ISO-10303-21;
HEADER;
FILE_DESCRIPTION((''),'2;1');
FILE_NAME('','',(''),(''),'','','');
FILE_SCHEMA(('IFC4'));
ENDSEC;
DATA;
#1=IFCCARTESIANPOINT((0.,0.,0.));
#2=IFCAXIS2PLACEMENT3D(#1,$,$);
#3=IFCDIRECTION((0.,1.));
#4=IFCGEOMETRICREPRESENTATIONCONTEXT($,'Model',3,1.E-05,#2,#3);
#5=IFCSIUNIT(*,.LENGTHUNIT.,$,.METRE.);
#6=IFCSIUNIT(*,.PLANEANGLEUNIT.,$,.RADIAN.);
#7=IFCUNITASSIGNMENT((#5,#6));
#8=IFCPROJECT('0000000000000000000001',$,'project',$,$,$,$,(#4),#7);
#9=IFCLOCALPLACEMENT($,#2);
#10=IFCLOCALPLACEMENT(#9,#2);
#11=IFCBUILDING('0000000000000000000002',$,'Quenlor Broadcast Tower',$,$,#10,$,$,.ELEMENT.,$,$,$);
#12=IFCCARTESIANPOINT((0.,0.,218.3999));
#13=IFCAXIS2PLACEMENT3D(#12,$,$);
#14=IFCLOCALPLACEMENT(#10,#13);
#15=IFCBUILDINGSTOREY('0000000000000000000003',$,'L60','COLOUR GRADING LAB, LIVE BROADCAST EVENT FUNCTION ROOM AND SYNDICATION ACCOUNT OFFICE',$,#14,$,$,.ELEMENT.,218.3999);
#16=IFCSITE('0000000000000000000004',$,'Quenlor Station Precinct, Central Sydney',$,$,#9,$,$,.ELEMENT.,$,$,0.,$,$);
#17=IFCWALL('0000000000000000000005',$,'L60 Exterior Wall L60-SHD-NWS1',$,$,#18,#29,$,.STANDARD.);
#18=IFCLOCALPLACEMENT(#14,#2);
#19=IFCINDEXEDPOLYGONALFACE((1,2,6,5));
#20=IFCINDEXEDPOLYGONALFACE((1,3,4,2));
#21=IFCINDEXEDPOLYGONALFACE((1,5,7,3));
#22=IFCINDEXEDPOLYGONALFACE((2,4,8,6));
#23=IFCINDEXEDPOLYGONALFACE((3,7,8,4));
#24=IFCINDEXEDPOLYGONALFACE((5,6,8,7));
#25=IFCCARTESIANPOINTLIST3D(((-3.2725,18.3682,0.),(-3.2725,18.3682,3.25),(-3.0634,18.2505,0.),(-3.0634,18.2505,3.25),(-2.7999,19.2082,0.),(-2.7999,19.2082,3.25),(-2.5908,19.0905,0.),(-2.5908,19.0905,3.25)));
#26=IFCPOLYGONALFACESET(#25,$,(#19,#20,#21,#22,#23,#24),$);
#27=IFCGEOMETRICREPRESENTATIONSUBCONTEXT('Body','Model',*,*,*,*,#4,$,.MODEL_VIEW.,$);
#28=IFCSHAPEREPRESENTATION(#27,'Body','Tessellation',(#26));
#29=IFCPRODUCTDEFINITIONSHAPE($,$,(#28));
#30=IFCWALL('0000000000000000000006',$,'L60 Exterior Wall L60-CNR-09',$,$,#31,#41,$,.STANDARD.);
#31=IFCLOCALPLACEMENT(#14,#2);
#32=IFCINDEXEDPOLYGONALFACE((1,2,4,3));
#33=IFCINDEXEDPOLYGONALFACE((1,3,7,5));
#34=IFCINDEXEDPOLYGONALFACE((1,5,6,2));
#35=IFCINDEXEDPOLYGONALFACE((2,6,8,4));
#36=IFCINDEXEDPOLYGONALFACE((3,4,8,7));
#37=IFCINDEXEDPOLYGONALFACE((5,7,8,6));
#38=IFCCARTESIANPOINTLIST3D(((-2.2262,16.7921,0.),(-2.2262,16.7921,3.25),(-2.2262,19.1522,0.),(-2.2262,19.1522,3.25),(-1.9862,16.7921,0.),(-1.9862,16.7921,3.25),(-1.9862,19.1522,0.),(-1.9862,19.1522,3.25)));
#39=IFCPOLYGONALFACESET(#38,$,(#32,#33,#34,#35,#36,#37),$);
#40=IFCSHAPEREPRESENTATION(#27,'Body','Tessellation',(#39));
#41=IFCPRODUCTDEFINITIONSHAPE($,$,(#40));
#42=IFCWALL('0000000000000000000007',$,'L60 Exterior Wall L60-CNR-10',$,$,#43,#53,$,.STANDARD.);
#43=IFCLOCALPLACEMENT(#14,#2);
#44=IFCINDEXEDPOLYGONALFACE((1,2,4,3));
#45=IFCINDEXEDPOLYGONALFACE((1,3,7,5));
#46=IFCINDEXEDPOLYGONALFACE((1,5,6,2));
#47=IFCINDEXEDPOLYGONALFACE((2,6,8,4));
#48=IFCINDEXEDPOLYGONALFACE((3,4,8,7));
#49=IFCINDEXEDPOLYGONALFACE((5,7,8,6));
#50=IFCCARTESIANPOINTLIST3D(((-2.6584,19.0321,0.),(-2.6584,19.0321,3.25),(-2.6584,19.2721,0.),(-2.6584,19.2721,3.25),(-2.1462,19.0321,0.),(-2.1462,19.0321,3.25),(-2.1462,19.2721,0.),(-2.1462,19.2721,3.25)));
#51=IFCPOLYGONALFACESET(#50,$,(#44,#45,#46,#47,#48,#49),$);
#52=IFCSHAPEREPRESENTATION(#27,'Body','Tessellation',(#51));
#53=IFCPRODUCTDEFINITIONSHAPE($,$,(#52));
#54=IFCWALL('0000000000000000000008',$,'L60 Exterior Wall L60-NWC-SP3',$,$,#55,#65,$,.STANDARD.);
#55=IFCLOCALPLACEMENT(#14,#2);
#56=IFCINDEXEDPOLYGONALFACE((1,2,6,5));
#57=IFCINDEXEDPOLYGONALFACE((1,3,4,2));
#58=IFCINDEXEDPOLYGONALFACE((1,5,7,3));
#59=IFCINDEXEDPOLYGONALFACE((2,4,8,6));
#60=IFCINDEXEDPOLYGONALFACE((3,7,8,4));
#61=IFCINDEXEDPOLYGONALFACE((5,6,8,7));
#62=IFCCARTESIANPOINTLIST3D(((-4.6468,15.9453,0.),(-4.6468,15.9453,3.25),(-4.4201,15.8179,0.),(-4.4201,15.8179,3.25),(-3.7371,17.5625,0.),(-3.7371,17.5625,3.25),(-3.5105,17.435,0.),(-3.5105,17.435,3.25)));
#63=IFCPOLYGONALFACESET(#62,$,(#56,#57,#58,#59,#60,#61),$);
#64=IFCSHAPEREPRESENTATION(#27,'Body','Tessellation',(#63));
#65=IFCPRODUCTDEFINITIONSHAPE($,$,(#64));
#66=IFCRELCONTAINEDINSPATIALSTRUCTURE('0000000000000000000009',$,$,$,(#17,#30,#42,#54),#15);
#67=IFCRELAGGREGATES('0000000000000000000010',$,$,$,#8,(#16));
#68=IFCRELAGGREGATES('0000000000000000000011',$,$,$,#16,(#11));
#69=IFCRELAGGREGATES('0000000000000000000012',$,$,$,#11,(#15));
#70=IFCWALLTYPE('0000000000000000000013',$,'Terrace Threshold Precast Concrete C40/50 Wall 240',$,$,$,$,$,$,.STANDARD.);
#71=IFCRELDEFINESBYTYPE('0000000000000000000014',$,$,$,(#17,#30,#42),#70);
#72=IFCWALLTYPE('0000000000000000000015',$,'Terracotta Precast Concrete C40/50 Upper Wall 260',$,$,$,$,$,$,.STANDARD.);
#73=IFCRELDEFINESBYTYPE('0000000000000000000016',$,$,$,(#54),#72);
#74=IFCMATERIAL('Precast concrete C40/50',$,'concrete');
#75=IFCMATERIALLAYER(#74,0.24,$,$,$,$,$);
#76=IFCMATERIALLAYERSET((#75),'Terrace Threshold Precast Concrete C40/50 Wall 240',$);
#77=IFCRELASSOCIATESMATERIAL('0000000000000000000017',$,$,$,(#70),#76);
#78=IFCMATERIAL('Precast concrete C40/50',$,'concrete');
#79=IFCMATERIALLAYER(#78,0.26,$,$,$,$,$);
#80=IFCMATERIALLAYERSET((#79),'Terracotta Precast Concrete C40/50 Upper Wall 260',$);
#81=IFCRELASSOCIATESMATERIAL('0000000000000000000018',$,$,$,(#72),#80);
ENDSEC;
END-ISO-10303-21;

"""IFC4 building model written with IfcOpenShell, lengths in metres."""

from ifc_helpers import new_model, si_unit, direction, frame, frame_2d, origin, place, context, subcontext, project, spatial, rectangle, extrude, material, layer, layer_set, type_object, element, save


model = new_model("IFC4")

# Units and contexts
model_context = context("Model", 3, precision=1e-05, world=origin(), true_north=direction((0.0, 1.0)))
body_context = subcontext(model_context, "Body", "Model", "MODEL_VIEW")
ifc_project = project(units=[si_unit("LENGTHUNIT", "METRE"), si_unit("PLANEANGLEUNIT", "RADIAN")], contexts=[model_context])

# Site, building, storey
site_placement = place(None, origin())
site = spatial("IfcSite", under=ifc_project, at=site_placement, Name="Quenlor Station Precinct, Central Sydney", CompositionType="ELEMENT", RefElevation=0.0)
building_placement = place(site_placement, origin())
building = spatial("IfcBuilding", under=site, at=building_placement, Name="Quenlor Broadcast Tower", CompositionType="ELEMENT")
storey_placement = place(building_placement, frame((0.0, 0.0, 218.3999)))
storey = spatial("IfcBuildingStorey", under=building, at=storey_placement, Name="L60", Description="COLOUR GRADING LAB, LIVE BROADCAST EVENT FUNCTION ROOM AND SYNDICATION ACCOUNT OFFICE", CompositionType="ELEMENT", Elevation=218.3999)

# Walls
ifc_material_1 = material(Name="Precast concrete C40/50", Category="concrete")
ifc_layer_1 = layer(ifc_material_1, 0.24)
ifc_layer_set_1 = layer_set([ifc_layer_1], Name="Terrace Threshold Precast Concrete C40/50 Wall 240")
wall_type_1 = type_object("IfcWallType", Name="Terrace Threshold Precast Concrete C40/50 Wall 240", PredefinedType="STANDARD", material=ifc_layer_set_1)
wall_1_placement = place(storey_placement, frame((-3.168, 18.3093, 0.0), z_axis=(0.0, 0.0, 1.0), x_axis=(0.490345, 0.871528, 0.0)))
element("IfcWall", 1, at=wall_1_placement, inside=storey, type_object=wall_type_1, Name="L60 Exterior Wall L60-SHD-NWS1", PredefinedType="STANDARD", context=body_context, shape_type="SweptSolid", body=[
    extrude(rectangle(XDim=0.9639, YDim=0.24, at=frame_2d((0.4819, 0.0))), origin(), (0.0, 0.0, 1.0), 3.25),
])
wall_2_placement = place(storey_placement, frame((-2.1062, 16.792, 0.0), z_axis=(0.0, 0.0, 1.0), x_axis=(0.0, 1.0, 0.0)))
element("IfcWall", 2, at=wall_2_placement, inside=storey, type_object=wall_type_1, Name="L60 Exterior Wall L60-CNR-09", PredefinedType="STANDARD", context=body_context, shape_type="SweptSolid", body=[
    extrude(rectangle(XDim=2.3601, YDim=0.24, at=frame_2d((1.1802, 0.0))), origin(), (0.0, 0.0, 1.0), 3.25),
])
wall_3_placement = place(storey_placement, frame((-2.1462, 19.1521, 0.0), z_axis=(0.0, 0.0, 1.0), x_axis=(-1.0, 0.0, 0.0)))
element("IfcWall", 3, at=wall_3_placement, inside=storey, type_object=wall_type_1, Name="L60 Exterior Wall L60-CNR-10", PredefinedType="STANDARD", context=body_context, shape_type="SweptSolid", body=[
    extrude(rectangle(XDim=0.5122, YDim=0.24, at=frame_2d((0.2561, 0.0))), origin(), (0.0, 0.0, 1.0), 3.25),
])
ifc_material_2 = material(Name="Precast concrete C40/50", Category="concrete")
ifc_layer_2 = layer(ifc_material_2, 0.26)
ifc_layer_set_2 = layer_set([ifc_layer_2], Name="Terracotta Precast Concrete C40/50 Upper Wall 260")
wall_type_2 = type_object("IfcWallType", Name="Terracotta Precast Concrete C40/50 Upper Wall 260", PredefinedType="STANDARD", material=ifc_layer_set_2)
wall_4_placement = place(storey_placement, frame((-4.5334, 15.8816, 0.0), z_axis=(0.0, 0.0, 1.0), x_axis=(0.490261, 0.871576, 0.0)))
element("IfcWall", 4, at=wall_4_placement, inside=storey, type_object=wall_type_2, Name="L60 Exterior Wall L60-NWC-SP3", PredefinedType="STANDARD", context=body_context, shape_type="SweptSolid", body=[
    extrude(rectangle(XDim=1.8555, YDim=0.26, at=frame_2d((0.9277, 0.0))), origin(), (0.0, 0.0, 1.0), 3.25),
])

save(model, "model.ifc")
